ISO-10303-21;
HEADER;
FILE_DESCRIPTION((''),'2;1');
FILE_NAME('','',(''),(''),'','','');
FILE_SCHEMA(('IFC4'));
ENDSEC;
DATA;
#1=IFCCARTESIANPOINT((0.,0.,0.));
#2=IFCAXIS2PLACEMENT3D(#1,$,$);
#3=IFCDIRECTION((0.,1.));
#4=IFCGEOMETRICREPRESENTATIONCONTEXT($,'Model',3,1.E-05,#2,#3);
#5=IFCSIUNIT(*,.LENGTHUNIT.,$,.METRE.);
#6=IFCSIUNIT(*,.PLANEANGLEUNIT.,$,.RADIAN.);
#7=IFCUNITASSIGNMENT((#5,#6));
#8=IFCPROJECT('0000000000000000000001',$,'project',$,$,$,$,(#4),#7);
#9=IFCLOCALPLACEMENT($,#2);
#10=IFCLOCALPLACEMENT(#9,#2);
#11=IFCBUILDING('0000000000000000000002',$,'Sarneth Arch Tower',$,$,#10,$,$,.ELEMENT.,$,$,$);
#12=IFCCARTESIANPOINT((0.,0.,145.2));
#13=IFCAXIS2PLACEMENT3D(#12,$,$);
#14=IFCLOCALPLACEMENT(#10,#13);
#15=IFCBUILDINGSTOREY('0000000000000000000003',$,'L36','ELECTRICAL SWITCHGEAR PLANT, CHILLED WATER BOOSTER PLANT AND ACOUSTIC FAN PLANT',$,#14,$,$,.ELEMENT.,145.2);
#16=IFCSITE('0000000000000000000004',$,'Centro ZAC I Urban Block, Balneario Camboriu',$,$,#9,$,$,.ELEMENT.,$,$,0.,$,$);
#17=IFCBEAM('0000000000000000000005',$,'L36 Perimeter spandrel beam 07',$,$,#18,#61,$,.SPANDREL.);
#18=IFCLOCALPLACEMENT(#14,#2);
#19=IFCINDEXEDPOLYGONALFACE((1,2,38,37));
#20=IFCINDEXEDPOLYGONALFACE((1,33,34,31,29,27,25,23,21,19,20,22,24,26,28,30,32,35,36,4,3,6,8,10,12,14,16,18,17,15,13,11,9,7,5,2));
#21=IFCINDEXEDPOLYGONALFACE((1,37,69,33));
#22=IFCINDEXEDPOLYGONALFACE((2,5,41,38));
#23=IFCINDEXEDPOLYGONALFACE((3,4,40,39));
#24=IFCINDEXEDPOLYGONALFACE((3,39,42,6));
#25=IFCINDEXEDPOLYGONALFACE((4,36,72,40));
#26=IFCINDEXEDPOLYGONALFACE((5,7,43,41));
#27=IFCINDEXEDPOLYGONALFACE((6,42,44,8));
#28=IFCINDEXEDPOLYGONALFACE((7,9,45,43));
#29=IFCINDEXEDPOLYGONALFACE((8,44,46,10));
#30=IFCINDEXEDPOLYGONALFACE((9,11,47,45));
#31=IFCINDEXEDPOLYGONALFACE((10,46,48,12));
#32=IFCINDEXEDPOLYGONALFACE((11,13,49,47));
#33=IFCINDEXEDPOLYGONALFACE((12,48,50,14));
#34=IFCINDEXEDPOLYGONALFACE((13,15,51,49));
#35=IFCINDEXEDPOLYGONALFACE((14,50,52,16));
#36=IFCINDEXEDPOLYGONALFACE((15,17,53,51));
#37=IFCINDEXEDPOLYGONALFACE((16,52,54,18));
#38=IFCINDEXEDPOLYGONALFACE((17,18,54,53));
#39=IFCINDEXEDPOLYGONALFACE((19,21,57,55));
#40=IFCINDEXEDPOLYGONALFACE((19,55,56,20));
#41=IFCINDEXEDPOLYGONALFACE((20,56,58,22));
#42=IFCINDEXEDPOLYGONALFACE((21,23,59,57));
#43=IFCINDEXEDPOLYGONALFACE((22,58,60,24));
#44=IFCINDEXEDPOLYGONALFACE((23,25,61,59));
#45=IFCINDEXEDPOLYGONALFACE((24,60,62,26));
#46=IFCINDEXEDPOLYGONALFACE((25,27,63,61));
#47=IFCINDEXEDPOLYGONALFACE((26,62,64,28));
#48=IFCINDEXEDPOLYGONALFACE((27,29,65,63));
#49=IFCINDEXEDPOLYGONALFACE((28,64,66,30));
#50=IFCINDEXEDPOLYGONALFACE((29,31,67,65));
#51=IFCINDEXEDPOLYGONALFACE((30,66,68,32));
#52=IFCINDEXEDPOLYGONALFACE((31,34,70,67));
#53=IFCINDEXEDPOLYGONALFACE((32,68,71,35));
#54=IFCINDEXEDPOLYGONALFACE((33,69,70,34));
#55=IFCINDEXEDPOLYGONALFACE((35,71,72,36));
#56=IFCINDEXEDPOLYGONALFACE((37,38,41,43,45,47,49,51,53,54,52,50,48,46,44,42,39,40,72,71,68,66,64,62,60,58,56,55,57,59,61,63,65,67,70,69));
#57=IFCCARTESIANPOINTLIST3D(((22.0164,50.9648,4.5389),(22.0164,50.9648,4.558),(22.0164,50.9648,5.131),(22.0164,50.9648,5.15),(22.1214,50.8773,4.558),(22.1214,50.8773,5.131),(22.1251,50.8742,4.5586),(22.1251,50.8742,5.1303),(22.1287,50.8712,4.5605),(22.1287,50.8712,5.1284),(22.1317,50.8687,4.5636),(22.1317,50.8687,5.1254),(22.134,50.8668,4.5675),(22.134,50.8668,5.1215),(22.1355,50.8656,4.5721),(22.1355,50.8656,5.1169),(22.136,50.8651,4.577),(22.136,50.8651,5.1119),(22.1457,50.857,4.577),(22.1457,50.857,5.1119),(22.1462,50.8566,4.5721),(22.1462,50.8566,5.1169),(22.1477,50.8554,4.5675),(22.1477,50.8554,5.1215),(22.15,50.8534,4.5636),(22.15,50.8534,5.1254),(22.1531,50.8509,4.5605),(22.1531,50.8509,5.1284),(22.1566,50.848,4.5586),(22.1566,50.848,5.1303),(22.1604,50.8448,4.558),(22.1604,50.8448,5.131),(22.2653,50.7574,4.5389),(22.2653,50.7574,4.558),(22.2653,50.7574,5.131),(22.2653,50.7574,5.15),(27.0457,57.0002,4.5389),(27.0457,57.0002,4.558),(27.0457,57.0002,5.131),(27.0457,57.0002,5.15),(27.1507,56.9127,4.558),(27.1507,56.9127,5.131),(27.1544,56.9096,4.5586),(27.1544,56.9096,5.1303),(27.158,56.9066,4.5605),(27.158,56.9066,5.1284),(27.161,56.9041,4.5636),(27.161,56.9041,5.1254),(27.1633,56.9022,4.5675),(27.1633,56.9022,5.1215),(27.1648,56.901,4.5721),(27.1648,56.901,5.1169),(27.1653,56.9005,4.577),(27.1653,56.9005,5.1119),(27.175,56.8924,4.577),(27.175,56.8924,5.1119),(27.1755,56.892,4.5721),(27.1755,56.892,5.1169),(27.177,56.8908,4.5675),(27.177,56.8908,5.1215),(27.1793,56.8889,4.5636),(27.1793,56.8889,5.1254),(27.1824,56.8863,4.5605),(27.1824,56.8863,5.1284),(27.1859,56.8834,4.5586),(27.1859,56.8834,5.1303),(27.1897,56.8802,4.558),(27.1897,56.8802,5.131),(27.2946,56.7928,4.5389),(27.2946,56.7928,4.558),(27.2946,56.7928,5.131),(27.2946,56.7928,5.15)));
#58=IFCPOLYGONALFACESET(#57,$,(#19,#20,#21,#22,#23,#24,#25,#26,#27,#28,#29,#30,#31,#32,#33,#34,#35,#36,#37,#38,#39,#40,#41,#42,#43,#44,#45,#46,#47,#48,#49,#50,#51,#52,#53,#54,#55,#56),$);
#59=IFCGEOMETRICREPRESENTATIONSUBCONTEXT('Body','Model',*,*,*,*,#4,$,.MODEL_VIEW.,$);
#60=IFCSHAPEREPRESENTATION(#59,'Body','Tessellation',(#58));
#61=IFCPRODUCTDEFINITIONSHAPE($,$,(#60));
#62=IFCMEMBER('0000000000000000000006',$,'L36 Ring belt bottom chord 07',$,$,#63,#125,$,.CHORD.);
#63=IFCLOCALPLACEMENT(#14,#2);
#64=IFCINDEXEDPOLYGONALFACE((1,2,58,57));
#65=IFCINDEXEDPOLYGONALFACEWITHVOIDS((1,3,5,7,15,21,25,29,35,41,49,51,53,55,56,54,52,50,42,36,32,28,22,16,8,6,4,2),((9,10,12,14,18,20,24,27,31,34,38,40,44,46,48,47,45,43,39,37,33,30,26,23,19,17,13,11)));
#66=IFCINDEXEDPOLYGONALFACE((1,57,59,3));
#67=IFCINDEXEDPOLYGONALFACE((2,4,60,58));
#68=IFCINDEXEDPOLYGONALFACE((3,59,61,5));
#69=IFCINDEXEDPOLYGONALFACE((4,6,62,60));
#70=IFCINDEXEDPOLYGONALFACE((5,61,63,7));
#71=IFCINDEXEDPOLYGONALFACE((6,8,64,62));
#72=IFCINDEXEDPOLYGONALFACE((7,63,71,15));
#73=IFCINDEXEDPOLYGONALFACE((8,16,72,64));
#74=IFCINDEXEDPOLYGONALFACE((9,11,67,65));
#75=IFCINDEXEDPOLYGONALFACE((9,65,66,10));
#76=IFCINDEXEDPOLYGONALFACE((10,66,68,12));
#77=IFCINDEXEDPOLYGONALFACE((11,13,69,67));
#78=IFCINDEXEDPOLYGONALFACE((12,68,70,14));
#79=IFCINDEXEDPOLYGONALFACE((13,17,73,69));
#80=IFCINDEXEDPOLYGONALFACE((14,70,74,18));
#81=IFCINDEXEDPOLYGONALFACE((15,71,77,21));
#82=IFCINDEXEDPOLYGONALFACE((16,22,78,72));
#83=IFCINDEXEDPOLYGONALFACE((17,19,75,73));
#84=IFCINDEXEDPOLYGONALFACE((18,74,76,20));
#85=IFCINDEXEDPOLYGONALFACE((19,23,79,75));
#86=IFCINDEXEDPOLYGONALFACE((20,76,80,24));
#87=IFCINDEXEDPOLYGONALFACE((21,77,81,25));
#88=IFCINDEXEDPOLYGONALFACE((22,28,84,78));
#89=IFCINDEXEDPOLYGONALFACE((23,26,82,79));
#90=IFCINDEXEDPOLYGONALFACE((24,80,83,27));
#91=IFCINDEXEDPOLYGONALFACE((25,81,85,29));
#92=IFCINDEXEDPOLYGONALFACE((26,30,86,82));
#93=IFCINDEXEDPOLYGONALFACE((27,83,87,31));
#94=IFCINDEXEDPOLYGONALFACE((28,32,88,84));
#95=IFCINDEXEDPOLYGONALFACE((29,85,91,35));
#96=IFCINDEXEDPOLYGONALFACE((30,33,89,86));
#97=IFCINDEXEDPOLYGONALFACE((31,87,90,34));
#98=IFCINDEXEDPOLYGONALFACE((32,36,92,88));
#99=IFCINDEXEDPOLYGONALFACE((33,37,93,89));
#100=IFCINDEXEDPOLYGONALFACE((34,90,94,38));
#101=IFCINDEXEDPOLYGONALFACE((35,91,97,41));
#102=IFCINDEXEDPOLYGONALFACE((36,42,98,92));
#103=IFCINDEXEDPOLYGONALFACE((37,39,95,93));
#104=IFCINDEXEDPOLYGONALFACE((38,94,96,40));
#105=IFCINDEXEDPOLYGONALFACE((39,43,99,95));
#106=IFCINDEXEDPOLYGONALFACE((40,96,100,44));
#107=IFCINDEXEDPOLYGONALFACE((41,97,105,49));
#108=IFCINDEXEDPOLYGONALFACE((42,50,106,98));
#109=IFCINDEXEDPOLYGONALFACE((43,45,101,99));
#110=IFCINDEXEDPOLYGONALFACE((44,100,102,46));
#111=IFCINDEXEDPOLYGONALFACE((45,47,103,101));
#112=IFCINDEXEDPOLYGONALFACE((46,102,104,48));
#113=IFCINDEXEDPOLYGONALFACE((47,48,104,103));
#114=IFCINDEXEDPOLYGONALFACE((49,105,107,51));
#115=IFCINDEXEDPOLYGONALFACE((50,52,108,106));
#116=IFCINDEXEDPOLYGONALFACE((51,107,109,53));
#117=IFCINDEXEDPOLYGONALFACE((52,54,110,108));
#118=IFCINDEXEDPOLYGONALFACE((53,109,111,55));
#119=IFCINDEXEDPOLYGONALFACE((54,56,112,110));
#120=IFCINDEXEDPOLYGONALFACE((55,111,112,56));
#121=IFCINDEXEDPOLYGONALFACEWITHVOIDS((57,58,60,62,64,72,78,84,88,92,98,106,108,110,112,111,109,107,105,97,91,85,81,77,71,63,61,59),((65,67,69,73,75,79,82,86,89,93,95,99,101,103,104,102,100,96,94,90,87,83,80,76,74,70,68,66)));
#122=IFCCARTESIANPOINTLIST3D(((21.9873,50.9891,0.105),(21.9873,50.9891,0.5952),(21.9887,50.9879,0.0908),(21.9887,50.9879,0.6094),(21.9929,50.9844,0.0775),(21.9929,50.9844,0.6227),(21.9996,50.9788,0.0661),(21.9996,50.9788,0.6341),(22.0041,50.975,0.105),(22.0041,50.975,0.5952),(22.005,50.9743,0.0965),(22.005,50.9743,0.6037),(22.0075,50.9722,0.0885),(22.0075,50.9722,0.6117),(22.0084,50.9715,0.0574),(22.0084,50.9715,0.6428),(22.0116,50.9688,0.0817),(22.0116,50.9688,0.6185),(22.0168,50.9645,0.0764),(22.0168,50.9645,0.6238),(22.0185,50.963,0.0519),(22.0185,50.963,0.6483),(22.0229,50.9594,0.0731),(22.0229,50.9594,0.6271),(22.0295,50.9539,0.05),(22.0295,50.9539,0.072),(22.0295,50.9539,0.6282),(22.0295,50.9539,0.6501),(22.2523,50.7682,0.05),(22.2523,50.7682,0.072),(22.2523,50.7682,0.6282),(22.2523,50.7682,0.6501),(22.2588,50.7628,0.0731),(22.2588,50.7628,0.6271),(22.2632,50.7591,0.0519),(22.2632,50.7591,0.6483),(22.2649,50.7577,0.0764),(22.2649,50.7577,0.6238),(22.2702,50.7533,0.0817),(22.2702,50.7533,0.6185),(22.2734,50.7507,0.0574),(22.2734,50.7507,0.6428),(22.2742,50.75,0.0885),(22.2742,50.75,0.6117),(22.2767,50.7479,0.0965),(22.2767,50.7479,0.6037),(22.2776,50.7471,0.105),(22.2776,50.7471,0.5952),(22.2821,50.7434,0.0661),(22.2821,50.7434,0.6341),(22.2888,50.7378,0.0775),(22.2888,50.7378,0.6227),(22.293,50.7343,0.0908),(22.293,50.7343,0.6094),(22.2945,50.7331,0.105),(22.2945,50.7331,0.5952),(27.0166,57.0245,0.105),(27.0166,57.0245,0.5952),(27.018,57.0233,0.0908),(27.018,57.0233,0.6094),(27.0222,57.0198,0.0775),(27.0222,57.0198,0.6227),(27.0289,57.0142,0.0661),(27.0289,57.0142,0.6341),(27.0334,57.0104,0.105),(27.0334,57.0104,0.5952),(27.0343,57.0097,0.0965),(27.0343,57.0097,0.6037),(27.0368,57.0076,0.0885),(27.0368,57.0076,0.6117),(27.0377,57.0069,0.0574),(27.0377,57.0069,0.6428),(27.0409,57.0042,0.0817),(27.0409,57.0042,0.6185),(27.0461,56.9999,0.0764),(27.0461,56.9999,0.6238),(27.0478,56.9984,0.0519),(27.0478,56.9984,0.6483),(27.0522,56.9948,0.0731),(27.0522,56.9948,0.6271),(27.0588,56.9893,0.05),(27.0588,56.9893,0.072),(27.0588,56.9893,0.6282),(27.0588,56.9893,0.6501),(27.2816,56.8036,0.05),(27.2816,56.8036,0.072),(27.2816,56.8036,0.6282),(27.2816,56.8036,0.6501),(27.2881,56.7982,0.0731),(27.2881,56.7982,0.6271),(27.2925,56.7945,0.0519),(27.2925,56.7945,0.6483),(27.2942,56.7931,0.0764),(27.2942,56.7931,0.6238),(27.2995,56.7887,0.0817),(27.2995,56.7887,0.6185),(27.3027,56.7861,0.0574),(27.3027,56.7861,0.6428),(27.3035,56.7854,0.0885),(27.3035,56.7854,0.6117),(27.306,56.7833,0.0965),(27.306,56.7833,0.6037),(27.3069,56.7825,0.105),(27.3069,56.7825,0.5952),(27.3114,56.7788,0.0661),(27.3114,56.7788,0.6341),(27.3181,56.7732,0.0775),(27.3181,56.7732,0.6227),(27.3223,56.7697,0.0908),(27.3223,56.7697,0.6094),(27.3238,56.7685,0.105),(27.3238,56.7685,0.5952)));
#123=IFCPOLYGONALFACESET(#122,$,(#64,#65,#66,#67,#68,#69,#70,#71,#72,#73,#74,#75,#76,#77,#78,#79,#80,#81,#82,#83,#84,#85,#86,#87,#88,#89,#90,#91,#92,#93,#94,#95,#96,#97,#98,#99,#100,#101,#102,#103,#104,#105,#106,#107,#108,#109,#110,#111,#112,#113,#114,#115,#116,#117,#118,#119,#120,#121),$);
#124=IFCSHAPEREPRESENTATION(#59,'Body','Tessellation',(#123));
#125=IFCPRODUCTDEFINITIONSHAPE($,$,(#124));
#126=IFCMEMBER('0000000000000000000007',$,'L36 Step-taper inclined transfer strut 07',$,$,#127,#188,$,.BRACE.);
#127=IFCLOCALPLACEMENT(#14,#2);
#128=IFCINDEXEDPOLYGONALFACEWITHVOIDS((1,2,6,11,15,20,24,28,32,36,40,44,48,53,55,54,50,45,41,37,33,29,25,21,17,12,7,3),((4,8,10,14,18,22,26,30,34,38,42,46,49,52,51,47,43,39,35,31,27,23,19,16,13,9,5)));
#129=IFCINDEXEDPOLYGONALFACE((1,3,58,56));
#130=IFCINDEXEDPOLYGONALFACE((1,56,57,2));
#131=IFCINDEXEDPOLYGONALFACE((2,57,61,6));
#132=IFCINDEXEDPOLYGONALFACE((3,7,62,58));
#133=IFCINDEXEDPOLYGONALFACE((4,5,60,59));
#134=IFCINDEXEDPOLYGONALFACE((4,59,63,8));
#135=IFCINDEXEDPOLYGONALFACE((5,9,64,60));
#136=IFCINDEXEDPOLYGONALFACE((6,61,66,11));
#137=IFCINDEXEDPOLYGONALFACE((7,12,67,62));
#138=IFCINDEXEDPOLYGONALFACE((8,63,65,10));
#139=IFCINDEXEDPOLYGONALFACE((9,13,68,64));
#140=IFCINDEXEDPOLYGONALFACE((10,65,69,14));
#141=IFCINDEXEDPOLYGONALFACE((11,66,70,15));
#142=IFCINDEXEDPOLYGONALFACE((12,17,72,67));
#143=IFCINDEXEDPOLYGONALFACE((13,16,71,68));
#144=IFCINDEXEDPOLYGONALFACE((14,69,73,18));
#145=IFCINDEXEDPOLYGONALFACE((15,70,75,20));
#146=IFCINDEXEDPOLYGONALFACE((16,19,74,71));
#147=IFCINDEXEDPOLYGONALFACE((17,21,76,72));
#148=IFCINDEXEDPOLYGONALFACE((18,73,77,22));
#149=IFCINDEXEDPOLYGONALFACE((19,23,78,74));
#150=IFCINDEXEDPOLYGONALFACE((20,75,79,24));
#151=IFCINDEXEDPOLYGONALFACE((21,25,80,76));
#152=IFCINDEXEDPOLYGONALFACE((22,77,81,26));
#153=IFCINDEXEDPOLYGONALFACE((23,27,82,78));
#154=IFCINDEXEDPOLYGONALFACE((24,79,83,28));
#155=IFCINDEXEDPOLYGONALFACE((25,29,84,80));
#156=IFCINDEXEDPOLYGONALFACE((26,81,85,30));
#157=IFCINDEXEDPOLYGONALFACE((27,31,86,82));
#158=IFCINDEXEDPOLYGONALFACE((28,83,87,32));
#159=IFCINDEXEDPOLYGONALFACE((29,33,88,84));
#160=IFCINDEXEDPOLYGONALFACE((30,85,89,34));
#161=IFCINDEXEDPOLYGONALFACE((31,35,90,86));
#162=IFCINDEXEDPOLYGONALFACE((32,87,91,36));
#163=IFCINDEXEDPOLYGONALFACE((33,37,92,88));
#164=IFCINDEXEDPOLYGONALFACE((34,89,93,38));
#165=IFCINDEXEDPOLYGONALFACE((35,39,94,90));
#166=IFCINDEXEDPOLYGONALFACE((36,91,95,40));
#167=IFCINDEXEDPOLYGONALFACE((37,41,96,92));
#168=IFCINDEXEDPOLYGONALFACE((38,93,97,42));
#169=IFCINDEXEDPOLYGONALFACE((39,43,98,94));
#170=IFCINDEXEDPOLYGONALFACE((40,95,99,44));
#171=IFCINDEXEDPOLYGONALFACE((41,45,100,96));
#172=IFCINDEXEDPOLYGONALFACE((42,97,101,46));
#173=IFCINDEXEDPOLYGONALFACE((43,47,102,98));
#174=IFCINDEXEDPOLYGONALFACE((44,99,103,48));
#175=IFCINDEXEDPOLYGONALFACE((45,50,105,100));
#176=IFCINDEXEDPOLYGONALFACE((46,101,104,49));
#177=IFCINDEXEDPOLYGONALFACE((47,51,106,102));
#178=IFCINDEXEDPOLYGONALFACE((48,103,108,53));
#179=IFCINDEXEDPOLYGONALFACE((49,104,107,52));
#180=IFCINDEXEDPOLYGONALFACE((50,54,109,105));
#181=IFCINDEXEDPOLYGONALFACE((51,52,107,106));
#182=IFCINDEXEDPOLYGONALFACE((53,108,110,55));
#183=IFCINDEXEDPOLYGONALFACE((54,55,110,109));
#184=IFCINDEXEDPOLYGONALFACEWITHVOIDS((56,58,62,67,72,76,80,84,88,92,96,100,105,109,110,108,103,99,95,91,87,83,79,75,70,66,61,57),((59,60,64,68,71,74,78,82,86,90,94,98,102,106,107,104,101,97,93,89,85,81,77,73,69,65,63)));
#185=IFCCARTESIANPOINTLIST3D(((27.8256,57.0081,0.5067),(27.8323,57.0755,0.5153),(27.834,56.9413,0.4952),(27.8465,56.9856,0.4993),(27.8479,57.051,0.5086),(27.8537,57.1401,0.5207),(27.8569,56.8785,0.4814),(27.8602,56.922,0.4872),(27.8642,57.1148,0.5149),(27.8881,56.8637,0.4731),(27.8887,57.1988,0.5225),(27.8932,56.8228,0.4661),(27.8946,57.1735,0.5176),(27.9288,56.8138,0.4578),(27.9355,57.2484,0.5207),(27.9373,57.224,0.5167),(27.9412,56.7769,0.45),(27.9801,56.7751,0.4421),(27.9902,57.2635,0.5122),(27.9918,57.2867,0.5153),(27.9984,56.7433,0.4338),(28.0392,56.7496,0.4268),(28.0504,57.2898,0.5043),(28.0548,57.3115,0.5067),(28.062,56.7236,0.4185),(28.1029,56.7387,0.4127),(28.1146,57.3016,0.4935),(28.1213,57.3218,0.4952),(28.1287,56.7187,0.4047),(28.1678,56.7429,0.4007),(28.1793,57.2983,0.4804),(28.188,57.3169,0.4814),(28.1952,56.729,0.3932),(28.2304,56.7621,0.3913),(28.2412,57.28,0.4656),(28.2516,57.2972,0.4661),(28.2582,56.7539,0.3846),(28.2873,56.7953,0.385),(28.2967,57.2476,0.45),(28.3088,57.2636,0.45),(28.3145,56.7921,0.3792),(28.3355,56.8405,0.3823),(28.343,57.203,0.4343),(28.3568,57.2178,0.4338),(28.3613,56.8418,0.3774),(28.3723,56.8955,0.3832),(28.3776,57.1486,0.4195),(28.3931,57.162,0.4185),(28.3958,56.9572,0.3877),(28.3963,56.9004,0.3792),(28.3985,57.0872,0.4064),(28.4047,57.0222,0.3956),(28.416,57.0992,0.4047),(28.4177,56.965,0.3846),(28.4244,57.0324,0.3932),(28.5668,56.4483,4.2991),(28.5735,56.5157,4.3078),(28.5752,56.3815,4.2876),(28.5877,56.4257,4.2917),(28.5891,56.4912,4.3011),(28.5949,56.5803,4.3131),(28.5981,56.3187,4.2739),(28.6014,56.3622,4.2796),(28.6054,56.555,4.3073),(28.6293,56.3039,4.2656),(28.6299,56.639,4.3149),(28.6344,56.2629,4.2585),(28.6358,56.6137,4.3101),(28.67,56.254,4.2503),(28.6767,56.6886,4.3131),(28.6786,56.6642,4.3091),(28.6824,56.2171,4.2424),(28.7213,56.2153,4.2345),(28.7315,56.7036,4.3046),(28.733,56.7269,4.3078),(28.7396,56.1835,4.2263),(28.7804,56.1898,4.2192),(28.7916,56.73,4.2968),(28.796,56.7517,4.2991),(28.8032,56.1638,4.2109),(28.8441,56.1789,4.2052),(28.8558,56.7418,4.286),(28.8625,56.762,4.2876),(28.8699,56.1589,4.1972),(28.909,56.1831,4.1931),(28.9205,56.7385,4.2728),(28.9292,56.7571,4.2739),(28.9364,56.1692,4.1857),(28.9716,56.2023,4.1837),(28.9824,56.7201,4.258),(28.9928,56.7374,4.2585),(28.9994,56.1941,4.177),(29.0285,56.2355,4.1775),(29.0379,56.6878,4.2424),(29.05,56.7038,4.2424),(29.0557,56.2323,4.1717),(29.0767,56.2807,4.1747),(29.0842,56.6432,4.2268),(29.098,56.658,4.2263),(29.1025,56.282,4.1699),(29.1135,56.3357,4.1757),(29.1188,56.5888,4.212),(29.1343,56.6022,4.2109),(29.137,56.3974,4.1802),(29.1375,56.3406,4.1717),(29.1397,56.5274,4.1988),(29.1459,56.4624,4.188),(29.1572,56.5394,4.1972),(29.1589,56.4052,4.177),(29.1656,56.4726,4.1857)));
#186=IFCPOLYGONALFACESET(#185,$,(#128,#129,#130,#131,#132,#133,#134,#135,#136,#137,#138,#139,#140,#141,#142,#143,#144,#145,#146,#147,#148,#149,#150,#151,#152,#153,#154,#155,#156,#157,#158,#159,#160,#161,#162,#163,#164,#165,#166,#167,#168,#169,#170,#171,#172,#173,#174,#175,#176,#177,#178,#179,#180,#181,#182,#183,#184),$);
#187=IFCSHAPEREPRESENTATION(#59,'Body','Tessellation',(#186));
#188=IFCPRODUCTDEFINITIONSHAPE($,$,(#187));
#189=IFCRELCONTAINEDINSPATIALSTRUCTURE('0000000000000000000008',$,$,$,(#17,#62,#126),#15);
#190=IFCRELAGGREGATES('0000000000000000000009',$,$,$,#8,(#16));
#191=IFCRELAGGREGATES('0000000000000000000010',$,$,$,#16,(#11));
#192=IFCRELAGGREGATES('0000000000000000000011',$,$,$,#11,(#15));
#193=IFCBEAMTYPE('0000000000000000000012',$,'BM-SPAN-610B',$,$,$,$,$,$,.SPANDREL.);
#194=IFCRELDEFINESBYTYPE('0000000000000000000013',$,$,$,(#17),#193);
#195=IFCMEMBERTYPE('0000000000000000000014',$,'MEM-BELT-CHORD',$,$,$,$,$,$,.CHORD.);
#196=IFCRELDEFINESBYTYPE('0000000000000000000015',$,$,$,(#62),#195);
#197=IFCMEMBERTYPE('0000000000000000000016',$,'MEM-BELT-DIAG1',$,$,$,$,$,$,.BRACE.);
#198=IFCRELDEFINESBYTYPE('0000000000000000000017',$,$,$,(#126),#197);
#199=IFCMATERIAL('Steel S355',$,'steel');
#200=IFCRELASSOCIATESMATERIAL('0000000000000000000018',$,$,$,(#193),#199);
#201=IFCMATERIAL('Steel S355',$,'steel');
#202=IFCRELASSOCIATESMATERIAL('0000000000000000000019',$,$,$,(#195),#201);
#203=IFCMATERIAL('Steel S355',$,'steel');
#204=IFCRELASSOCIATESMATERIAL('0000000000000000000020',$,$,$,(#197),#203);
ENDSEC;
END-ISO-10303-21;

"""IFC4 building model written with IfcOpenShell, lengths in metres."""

from ifc_helpers import new_model, si_unit, direction, frame, origin, origin_2d, place, context, subcontext, project, spatial, hollow_rectangle, hollow_circle, i_section, extrude, material, material_profile, profile_set, type_object, element, save


model = new_model("IFC4")

# Units and contexts
model_context = context("Model", 3, precision=1e-05, world=origin(), true_north=direction((0.0, 1.0)))
body_context = subcontext(model_context, "Body", "Model", "MODEL_VIEW")
ifc_project = project(units=[si_unit("LENGTHUNIT", "METRE"), si_unit("PLANEANGLEUNIT", "RADIAN")], contexts=[model_context])

# Site, building, storey
site_placement = place(None, origin())
site = spatial("IfcSite", under=ifc_project, at=site_placement, Name="Centro ZAC I Urban Block, Balneario Camboriu", CompositionType="ELEMENT", RefElevation=0.0)
building_placement = place(site_placement, origin())
building = spatial("IfcBuilding", under=site, at=building_placement, Name="Sarneth Arch Tower", CompositionType="ELEMENT")
storey_placement = place(building_placement, frame((0.0, 0.0, 145.2)))
storey = spatial("IfcBuildingStorey", under=building, at=storey_placement, Name="L36", Description="ELECTRICAL SWITCHGEAR PLANT, CHILLED WATER BOOSTER PLANT AND ACOUSTIC FAN PLANT", CompositionType="ELEMENT", Elevation=145.2)

# Beam
ifc_material_1 = material(Name="Steel S355", Category="steel")
ifc_material_profile_1 = material_profile(ifc_material_1, i_section(OverallWidth=0.324, OverallDepth=0.6111, WebThickness=0.0127, FlangeThickness=0.019, FilletRadius=0.019, at=origin_2d()), Name="W610x155")
ifc_profile_set_1 = profile_set([ifc_material_profile_1], Name="Steel S355")
beam_type = type_object("IfcBeamType", Name="BM-SPAN-610B", PredefinedType="SPANDREL", material=ifc_profile_set_1)
beam_placement = place(storey_placement, frame((27.1702, 56.8965, 4.8445), z_axis=(-0.640169, -0.768234, 0.0), x_axis=(0.768234, -0.640169, 0.0)))
element("IfcBeam", 1, at=beam_placement, inside=storey, type_object=beam_type, Name="L36 Perimeter spandrel beam 07", PredefinedType="SPANDREL", context=body_context, shape_type="SweptSolid", body=[
    extrude(i_section(OverallWidth=0.324, OverallDepth=0.6111, WebThickness=0.0127, FlangeThickness=0.019, FilletRadius=0.019, at=origin_2d()), origin(), (0.0, 0.0, 1.0), 7.8562),
])

# Members
ifc_material_2 = material(Name="Steel S355", Category="steel")
ifc_material_profile_2 = material_profile(ifc_material_2, hollow_rectangle(XDim=0.3999, YDim=0.6001, WallThickness=0.022, InnerFilletRadius=0.033, OuterFilletRadius=0.0549, at=origin_2d()), Name="RHS600x400x22")
ifc_profile_set_2 = profile_set([ifc_material_profile_2], Name="Steel S355")
member_type_1 = type_object("IfcMemberType", Name="MEM-BELT-CHORD", PredefinedType="CHORD", material=ifc_profile_set_2)
member_1_placement = place(storey_placement, frame((27.1702, 56.8965, 0.3501), z_axis=(-0.640169, -0.768234, 0.0), x_axis=(0.768234, -0.640169, 0.0)))
element("IfcMember", 2, at=member_1_placement, inside=storey, type_object=member_type_1, Name="L36 Ring belt bottom chord 07", PredefinedType="CHORD", context=body_context, shape_type="SweptSolid", body=[
    extrude(hollow_rectangle(XDim=0.3999, YDim=0.6001, WallThickness=0.022, InnerFilletRadius=0.033, OuterFilletRadius=0.0549, at=origin_2d()), origin(), (0.0, 0.0, 1.0), 7.8562),
])
ifc_material_3 = material(Name="Steel S355", Category="steel")
ifc_material_profile_3 = material_profile(ifc_material_3, hollow_circle(Radius=0.3049, WallThickness=0.02, at=origin_2d()), Name="CHS610x20")
ifc_profile_set_3 = profile_set([ifc_material_profile_3], Name="Steel S355")
member_type_2 = type_object("IfcMemberType", Name="MEM-BELT-DIAG1", PredefinedType="BRACE", material=ifc_profile_set_3)
member_2_placement = place(storey_placement, frame((28.125, 57.0203, 0.45), z_axis=(0.189831, -0.143374, 0.971292), x_axis=(0.602688, 0.797977, 0.0)))
element("IfcMember", 3, at=member_2_placement, inside=storey, type_object=member_type_2, Name="L36 Step-taper inclined transfer strut 07", PredefinedType="BRACE", context=body_context, shape_type="SweptSolid", body=[
    extrude(hollow_circle(Radius=0.3049, WallThickness=0.02, at=origin_2d()), origin(), (0.0, 0.0, 1.0), 3.9045),
])

save(model, "model.ifc")
